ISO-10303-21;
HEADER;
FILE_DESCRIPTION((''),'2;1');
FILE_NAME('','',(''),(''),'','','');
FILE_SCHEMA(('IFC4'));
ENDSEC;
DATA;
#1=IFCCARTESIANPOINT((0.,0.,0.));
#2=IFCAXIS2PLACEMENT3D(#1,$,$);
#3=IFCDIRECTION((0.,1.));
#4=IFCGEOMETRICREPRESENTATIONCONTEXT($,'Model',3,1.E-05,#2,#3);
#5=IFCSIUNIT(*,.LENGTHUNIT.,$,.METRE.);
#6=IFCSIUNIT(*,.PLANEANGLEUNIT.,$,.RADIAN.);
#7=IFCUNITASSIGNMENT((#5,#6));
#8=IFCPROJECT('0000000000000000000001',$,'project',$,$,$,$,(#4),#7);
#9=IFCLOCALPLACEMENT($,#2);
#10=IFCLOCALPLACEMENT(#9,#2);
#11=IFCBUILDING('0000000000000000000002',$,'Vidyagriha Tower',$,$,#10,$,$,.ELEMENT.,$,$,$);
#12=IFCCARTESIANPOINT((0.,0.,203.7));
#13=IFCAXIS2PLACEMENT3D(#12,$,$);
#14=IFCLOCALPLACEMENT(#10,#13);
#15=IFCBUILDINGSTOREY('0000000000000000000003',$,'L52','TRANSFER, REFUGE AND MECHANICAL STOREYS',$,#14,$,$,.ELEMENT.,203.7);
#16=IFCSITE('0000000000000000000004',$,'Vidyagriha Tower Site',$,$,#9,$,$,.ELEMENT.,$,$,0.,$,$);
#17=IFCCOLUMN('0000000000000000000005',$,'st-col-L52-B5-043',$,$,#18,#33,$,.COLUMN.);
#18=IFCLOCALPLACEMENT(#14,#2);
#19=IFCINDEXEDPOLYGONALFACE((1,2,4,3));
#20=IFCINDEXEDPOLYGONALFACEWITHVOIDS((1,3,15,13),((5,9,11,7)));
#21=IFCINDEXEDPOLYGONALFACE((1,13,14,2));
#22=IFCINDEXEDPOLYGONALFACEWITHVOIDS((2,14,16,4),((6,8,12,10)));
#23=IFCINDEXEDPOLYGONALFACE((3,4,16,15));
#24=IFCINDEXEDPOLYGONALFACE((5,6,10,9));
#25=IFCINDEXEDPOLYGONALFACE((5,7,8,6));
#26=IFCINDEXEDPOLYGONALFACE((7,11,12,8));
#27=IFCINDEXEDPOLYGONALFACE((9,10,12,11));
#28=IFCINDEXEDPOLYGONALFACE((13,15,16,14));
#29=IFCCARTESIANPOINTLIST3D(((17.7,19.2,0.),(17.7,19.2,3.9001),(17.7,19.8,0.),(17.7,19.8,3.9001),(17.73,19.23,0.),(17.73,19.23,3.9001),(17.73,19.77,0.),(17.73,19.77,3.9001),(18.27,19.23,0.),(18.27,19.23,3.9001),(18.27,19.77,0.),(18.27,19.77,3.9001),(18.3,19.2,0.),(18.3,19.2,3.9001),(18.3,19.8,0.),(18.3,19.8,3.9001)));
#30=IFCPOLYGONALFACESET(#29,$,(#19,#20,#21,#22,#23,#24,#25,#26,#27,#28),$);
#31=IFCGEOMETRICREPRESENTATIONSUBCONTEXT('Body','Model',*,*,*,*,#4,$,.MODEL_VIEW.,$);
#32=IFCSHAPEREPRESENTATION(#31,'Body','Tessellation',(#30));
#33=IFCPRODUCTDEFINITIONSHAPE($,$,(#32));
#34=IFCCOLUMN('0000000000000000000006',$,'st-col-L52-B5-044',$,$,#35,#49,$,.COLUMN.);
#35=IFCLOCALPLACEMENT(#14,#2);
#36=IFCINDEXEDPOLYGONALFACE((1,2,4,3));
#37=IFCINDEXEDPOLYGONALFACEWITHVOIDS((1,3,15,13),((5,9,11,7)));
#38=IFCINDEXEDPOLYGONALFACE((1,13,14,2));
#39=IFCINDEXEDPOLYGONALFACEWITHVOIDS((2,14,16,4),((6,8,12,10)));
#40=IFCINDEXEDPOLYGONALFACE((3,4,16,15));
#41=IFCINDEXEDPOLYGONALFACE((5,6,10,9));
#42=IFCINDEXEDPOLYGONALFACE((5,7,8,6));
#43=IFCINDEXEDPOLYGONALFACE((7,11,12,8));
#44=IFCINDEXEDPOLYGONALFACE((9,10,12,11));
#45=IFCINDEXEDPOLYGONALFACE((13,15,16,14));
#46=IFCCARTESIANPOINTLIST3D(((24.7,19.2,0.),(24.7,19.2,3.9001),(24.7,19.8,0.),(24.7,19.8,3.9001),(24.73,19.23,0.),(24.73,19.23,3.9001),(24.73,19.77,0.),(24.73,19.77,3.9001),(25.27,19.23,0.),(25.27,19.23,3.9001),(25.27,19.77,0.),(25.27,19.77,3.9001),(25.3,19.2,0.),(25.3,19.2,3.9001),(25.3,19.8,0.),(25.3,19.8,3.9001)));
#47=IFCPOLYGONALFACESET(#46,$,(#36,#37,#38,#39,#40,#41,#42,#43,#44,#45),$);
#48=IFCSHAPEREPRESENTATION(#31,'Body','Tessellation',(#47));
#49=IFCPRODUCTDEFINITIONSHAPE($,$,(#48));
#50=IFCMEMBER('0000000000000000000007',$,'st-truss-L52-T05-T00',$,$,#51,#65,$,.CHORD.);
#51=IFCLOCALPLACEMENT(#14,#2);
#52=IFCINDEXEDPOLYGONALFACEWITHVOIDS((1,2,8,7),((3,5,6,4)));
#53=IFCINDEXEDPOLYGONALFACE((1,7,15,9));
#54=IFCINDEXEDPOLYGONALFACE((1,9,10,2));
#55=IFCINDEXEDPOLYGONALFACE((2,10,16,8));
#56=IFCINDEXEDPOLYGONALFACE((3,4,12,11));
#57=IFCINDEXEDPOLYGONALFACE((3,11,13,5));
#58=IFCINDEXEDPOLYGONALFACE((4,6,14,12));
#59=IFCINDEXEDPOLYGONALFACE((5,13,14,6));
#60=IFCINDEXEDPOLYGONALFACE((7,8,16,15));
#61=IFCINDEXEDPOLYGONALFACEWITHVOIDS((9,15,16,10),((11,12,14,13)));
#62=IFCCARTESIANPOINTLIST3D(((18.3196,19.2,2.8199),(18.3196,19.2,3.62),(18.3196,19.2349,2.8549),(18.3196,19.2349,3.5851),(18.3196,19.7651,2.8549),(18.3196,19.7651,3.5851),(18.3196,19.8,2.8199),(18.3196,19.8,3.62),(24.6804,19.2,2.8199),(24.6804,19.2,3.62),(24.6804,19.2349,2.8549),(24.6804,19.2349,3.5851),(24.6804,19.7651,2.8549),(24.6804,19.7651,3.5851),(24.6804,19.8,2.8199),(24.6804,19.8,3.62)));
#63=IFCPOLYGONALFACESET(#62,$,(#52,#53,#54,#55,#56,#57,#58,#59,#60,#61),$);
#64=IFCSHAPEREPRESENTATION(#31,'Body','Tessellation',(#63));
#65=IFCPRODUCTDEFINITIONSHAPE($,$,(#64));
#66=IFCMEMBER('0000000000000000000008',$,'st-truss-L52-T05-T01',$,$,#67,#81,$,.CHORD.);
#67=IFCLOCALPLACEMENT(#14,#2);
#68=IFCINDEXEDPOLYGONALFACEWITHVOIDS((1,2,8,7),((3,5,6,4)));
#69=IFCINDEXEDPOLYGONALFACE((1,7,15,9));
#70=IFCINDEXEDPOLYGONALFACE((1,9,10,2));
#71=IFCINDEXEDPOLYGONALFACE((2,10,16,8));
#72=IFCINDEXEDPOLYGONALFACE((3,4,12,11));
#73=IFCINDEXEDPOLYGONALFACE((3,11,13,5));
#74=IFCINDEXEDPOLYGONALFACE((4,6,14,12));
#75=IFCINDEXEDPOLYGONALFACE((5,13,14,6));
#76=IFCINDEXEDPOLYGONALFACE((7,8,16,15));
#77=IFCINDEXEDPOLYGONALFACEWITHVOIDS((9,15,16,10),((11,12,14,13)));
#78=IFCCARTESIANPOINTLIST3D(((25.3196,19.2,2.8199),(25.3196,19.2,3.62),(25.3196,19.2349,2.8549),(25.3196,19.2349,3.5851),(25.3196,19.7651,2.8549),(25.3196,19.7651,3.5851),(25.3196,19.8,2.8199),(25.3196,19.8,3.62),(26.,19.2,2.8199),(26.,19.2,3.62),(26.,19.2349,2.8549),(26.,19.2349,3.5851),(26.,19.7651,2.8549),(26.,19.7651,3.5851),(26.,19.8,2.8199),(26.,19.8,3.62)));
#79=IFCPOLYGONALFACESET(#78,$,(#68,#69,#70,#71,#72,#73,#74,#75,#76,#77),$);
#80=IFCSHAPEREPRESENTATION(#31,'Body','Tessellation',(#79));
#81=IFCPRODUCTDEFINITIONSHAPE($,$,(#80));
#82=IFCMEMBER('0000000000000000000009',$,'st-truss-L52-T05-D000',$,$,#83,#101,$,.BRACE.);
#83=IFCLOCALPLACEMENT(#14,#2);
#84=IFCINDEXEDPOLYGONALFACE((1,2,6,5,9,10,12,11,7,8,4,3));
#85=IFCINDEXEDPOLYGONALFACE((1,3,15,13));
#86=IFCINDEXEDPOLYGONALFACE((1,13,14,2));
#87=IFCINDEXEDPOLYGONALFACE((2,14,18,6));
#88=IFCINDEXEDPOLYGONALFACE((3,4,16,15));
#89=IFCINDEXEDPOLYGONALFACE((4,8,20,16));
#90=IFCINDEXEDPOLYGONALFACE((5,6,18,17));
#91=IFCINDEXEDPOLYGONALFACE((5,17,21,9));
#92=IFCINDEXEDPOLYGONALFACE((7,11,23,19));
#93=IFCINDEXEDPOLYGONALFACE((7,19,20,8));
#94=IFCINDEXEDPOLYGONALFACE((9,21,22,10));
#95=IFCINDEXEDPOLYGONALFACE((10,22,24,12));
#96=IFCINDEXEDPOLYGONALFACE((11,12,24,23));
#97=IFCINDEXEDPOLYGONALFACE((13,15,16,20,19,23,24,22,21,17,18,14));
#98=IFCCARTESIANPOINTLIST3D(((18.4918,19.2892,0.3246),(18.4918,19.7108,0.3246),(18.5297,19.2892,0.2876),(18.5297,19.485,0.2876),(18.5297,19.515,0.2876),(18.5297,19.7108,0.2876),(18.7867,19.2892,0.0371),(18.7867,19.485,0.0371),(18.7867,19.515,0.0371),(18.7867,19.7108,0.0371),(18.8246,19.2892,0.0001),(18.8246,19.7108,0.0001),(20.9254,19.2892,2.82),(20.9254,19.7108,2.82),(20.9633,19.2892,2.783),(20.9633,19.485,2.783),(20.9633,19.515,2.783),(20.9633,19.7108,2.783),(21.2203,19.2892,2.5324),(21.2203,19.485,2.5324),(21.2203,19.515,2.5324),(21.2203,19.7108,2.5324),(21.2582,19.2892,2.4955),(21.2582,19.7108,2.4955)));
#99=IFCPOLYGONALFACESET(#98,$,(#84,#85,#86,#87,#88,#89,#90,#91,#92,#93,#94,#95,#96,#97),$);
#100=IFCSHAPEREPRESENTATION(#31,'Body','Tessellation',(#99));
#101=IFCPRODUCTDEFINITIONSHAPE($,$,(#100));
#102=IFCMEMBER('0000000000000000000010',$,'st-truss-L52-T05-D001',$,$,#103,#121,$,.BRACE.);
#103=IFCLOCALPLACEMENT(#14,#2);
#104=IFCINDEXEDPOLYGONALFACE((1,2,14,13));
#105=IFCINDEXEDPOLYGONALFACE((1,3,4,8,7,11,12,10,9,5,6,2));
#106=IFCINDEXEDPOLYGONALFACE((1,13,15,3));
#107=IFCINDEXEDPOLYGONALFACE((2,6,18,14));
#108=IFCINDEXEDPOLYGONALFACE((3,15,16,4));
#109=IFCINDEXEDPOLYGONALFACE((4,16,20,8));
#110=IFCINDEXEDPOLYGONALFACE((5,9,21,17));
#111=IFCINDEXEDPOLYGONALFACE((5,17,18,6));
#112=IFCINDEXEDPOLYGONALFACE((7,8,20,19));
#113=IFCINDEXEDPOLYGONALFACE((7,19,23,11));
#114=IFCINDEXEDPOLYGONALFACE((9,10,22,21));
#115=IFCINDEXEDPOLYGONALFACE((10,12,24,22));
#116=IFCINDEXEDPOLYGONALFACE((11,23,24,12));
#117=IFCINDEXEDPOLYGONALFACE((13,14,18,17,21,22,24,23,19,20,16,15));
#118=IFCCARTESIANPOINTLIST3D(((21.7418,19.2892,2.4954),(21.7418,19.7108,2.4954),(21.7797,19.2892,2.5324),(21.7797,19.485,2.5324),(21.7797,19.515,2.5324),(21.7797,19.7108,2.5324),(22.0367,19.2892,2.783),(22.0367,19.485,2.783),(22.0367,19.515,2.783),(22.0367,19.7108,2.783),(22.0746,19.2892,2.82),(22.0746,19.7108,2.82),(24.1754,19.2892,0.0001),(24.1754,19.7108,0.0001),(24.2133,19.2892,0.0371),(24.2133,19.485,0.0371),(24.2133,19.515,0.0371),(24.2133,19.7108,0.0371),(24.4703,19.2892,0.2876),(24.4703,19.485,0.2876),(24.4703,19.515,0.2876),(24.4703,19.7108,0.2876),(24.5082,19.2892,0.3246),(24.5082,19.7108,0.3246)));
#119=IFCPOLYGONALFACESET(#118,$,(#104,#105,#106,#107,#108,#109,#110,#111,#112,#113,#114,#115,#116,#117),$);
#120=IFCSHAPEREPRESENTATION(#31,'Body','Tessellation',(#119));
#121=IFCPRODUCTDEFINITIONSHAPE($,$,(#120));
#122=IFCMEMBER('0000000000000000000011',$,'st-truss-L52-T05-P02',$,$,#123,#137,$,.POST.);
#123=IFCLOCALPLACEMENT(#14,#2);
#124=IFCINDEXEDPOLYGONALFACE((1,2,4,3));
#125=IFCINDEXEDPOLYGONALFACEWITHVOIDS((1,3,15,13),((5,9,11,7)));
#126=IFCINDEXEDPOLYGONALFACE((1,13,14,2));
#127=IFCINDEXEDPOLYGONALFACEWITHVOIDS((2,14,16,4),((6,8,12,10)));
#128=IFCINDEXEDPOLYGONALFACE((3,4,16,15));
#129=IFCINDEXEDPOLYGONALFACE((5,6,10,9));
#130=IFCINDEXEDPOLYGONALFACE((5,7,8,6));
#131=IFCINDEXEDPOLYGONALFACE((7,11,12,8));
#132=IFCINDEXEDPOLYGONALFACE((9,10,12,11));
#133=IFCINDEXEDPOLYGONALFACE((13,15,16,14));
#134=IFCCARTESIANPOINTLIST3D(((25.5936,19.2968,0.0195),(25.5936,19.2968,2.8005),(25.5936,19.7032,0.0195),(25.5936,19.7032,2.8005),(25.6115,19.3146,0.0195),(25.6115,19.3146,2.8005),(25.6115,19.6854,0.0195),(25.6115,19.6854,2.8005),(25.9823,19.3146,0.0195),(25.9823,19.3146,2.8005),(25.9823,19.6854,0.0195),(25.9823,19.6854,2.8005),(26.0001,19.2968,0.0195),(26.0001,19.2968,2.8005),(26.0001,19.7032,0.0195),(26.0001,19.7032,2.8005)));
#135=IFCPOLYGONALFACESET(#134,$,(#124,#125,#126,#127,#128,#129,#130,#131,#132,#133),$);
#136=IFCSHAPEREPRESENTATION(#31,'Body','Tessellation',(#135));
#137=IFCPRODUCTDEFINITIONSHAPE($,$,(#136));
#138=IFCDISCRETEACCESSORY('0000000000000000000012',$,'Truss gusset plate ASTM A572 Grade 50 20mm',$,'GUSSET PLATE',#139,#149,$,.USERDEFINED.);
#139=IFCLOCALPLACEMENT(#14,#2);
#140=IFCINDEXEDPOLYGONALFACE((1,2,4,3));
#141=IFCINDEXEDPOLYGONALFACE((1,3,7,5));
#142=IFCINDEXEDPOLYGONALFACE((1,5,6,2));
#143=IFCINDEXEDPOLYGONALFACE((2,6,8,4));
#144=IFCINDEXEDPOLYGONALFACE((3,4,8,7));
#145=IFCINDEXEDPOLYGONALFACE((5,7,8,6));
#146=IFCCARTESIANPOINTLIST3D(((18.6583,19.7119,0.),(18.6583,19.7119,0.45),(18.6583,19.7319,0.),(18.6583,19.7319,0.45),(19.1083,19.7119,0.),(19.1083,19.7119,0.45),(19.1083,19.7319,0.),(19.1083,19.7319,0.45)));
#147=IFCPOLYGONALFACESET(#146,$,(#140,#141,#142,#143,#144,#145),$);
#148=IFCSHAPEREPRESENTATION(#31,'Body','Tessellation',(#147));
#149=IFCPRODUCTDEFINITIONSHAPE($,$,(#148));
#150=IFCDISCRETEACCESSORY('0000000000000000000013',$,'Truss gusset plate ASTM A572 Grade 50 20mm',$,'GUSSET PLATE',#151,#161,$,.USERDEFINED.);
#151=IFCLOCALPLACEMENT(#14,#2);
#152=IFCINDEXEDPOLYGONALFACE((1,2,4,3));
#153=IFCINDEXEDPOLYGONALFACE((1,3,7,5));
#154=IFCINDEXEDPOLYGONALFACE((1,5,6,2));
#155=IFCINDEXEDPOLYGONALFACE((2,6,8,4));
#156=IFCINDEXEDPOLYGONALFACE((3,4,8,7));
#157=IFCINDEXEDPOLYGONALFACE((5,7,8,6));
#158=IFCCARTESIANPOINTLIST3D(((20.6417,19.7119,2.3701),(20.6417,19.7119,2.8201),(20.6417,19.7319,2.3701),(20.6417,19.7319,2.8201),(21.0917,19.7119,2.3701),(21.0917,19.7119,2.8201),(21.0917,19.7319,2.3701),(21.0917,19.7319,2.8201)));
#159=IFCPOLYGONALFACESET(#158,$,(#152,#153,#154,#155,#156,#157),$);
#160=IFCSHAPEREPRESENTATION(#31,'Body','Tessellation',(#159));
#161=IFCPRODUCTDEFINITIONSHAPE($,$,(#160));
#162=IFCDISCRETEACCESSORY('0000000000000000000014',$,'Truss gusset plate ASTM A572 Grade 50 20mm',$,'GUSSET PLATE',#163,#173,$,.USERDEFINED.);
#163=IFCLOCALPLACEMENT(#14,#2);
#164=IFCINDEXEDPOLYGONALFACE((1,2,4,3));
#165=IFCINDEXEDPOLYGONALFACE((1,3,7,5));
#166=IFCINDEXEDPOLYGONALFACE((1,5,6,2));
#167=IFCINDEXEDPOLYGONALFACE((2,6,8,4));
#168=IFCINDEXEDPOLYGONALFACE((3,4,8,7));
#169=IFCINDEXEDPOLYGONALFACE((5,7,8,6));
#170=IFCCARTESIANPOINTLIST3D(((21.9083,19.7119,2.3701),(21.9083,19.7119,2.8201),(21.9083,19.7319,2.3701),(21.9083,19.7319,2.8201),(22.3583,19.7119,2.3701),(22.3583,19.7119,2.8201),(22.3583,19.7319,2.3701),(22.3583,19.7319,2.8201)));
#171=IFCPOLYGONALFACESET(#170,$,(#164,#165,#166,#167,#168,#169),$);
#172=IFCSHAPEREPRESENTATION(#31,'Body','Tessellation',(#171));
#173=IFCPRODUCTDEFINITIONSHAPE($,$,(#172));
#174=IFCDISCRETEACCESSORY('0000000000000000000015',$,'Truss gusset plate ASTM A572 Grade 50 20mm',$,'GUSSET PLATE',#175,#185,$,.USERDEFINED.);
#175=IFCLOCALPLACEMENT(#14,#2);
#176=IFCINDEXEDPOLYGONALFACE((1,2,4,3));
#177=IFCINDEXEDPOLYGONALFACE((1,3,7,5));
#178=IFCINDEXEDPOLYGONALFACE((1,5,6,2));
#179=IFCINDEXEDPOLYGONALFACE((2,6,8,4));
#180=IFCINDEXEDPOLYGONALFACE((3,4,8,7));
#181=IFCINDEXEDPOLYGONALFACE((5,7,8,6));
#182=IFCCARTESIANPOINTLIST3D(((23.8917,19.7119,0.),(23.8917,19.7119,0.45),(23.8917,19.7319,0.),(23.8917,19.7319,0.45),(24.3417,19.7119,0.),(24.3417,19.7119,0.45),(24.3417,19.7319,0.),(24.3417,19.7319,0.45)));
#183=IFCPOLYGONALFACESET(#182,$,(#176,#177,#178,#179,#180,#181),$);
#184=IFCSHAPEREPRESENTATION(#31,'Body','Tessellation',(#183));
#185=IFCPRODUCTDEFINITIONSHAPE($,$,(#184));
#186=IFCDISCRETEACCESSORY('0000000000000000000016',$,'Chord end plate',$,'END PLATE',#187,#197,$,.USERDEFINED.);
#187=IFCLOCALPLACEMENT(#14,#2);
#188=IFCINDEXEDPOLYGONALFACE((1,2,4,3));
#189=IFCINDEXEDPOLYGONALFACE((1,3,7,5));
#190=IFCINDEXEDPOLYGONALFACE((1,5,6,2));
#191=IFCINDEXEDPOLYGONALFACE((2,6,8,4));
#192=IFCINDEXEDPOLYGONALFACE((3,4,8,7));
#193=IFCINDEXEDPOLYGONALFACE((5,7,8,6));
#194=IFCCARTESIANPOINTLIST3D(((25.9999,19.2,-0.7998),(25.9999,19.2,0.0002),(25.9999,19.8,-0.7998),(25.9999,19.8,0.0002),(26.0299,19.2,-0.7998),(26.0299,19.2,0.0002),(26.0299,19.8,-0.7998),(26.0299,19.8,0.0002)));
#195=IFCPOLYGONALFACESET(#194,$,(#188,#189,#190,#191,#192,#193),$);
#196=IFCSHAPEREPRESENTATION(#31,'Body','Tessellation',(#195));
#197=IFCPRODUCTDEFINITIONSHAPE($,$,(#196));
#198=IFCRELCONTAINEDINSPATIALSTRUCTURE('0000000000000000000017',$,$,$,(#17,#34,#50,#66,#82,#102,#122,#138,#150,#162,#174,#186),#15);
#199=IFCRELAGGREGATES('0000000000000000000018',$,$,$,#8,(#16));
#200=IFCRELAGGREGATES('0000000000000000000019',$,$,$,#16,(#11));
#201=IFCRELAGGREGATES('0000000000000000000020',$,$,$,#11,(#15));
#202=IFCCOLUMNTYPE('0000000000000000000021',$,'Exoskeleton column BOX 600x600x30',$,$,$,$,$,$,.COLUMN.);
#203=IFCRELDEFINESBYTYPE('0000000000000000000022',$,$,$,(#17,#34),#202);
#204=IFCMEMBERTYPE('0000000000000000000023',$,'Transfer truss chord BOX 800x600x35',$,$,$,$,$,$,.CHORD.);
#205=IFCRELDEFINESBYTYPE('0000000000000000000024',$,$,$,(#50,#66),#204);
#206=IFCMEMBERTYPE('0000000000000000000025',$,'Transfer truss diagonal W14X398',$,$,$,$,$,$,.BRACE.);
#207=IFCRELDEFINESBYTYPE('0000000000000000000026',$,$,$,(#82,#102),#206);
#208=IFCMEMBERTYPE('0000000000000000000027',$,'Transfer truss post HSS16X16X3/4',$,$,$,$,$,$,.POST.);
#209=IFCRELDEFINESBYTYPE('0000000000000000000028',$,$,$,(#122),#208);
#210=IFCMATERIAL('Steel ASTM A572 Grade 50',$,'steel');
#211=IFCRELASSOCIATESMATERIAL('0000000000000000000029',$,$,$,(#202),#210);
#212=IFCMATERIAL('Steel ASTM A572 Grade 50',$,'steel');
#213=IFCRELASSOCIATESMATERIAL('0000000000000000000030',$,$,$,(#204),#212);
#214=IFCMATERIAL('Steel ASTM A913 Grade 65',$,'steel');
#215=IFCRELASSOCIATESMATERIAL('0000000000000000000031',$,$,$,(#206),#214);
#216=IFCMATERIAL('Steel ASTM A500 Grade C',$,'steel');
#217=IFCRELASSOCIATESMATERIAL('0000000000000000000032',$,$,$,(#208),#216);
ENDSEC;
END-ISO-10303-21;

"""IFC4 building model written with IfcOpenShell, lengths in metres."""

from ifc_helpers import new_model, si_unit, direction, frame, origin, origin_2d, place, context, subcontext, project, spatial, rectangle, hollow_rectangle, i_section, extrude, material, material_profile, profile_set, type_object, element, save


model = new_model("IFC4")

# Units and contexts
model_context = context("Model", 3, precision=1e-05, world=origin(), true_north=direction((0.0, 1.0)))
body_context = subcontext(model_context, "Body", "Model", "MODEL_VIEW")
ifc_project = project(units=[si_unit("LENGTHUNIT", "METRE"), si_unit("PLANEANGLEUNIT", "RADIAN")], contexts=[model_context])

# Site, building, storey
site_placement = place(None, origin())
site = spatial("IfcSite", under=ifc_project, at=site_placement, Name="Vidyagriha Tower Site", CompositionType="ELEMENT", RefElevation=0.0)
building_placement = place(site_placement, origin())
building = spatial("IfcBuilding", under=site, at=building_placement, Name="Vidyagriha Tower", CompositionType="ELEMENT")
storey_placement = place(building_placement, frame((0.0, 0.0, 203.7)))
storey = spatial("IfcBuildingStorey", under=building, at=storey_placement, Name="L52", Description="TRANSFER, REFUGE AND MECHANICAL STOREYS", CompositionType="ELEMENT", Elevation=203.7)

# Columns
ifc_material_1 = material(Name="Steel ASTM A572 Grade 50", Category="steel")
ifc_material_profile_1 = material_profile(ifc_material_1, hollow_rectangle(XDim=0.6001, YDim=0.6001, WallThickness=0.03, at=origin_2d()), Name="BOX 600x600x30")
ifc_profile_set_1 = profile_set([ifc_material_profile_1], Name="Steel ASTM A572 Grade 50")
column_type = type_object("IfcColumnType", Name="Exoskeleton column BOX 600x600x30", PredefinedType="COLUMN", material=ifc_profile_set_1)
for number, where, name in (
    (1, (18.0, 19.5, 0.0), "st-col-L52-B5-043"),
    (2, (25.0, 19.5, 0.0), "st-col-L52-B5-044"),
):
    element("IfcColumn", number, at=place(storey_placement, frame(where)), inside=storey, type_object=column_type, Name=name, PredefinedType="COLUMN", context=body_context, shape_type="SweptSolid", body=[
        extrude(hollow_rectangle(XDim=0.6001, YDim=0.6001, WallThickness=0.03, at=origin_2d()), origin(), (0.0, 0.0, 1.0), 3.9001),
    ])

# Members
ifc_material_2 = material(Name="Steel ASTM A572 Grade 50", Category="steel")
ifc_material_profile_2 = material_profile(ifc_material_2, hollow_rectangle(XDim=0.6001, YDim=0.8, WallThickness=0.0349, at=origin_2d()), Name="BOX 800x600x35")
ifc_profile_set_2 = profile_set([ifc_material_profile_2], Name="Steel ASTM A572 Grade 50")
member_type_1 = type_object("IfcMemberType", Name="Transfer truss chord BOX 800x600x35", PredefinedType="CHORD", material=ifc_profile_set_2)
member_1_placement = place(storey_placement, frame((18.3196, 19.5, 3.22), z_axis=(1.0, 0.0, 0.0), x_axis=(0.0, 1.0, 0.0)))
element("IfcMember", 3, at=member_1_placement, inside=storey, type_object=member_type_1, Name="st-truss-L52-T05-T00", PredefinedType="CHORD", context=body_context, shape_type="SweptSolid", body=[
    extrude(hollow_rectangle(XDim=0.6001, YDim=0.8, WallThickness=0.0349, at=origin_2d()), origin(), (0.0, 0.0, 1.0), 6.3608),
])
member_2_placement = place(storey_placement, frame((25.3196, 19.5, 3.22), z_axis=(1.0, 0.0, 0.0), x_axis=(0.0, 1.0, 0.0)))
element("IfcMember", 4, at=member_2_placement, inside=storey, type_object=member_type_1, Name="st-truss-L52-T05-T01", PredefinedType="CHORD", context=body_context, shape_type="SweptSolid", body=[
    extrude(hollow_rectangle(XDim=0.6001, YDim=0.8, WallThickness=0.0349, at=origin_2d()), origin(), (0.0, 0.0, 1.0), 0.6804),
])
ifc_material_3 = material(Name="Steel ASTM A913 Grade 65", Category="steel")
ifc_material_profile_3 = material_profile(ifc_material_3, i_section(OverallWidth=0.4216, OverallDepth=0.4648, WebThickness=0.03, FlangeThickness=0.053, at=origin_2d()), Name="W14X398")
ifc_profile_set_3 = profile_set([ifc_material_profile_3], Name="Steel ASTM A913 Grade 65")
member_type_2 = type_object("IfcMemberType", Name="Transfer truss diagonal W14X398", PredefinedType="BRACE", material=ifc_profile_set_3)
for number, where, z_axis, x_axis, name in (
    (5, (18.6582, 19.5, 0.1624), (0.698191, 0.0, 0.715912), (0.0, 1.0, 0.0), "st-truss-L52-T05-D000"),
    (6, (21.9082, 19.5, 2.6577), (0.698191, 0.0, -0.715912), (0.0, 1.0, 0.0), "st-truss-L52-T05-D001"),
):
    element("IfcMember", number, at=place(storey_placement, frame(where, z_axis=z_axis, x_axis=x_axis)), inside=storey, type_object=member_type_2, Name=name, PredefinedType="BRACE", context=body_context, shape_type="SweptSolid", body=[
        extrude(i_section(OverallWidth=0.4216, OverallDepth=0.4648, WebThickness=0.03, FlangeThickness=0.053, at=origin_2d()), origin(), (0.0, 0.0, 1.0), 3.4856),
    ])
ifc_material_4 = material(Name="Steel ASTM A500 Grade C", Category="steel")
ifc_material_profile_4 = material_profile(ifc_material_4, hollow_rectangle(XDim=0.4065, YDim=0.4065, WallThickness=0.0178, at=origin_2d()), Name="HSS16X16X3/4")
ifc_profile_set_4 = profile_set([ifc_material_profile_4], Name="Steel ASTM A500 Grade C")
member_type_3 = type_object("IfcMemberType", Name="Transfer truss post HSS16X16X3/4", PredefinedType="POST", material=ifc_profile_set_4)
member_3_placement = place(storey_placement, frame((25.7969, 19.5, 0.0195)))
element("IfcMember", 7, at=member_3_placement, inside=storey, type_object=member_type_3, Name="st-truss-L52-T05-P02", PredefinedType="POST", context=body_context, shape_type="SweptSolid", body=[
    extrude(hollow_rectangle(XDim=0.4065, YDim=0.4065, WallThickness=0.0178, at=origin_2d()), origin(), (0.0, 0.0, 1.0), 2.781),
])

# Discrete accessories
for number, where, name in (
    (8, (18.8833, 19.7219, 0.0), "Truss gusset plate ASTM A572 Grade 50 20mm"),
    (9, (20.8667, 19.7219, 2.3701), "Truss gusset plate ASTM A572 Grade 50 20mm"),
    (10, (22.1333, 19.7219, 2.3701), "Truss gusset plate ASTM A572 Grade 50 20mm"),
    (11, (24.1167, 19.7219, 0.0), "Truss gusset plate ASTM A572 Grade 50 20mm"),
):
    element("IfcDiscreteAccessory", number, at=place(storey_placement, frame(where)), inside=storey, Name=name, ObjectType="GUSSET PLATE", PredefinedType="USERDEFINED", context=body_context, shape_type="SweptSolid", body=[
        extrude(rectangle(XDim=0.45, YDim=0.02, at=origin_2d()), origin(), (0.0, 0.0, 1.0), 0.45),
    ])
for number, where, name in (
    (12, (26.0149, 19.5, -0.7998), "Chord end plate"),
):
    element("IfcDiscreteAccessory", number, at=place(storey_placement, frame(where)), inside=storey, Name=name, ObjectType="END PLATE", PredefinedType="USERDEFINED", context=body_context, shape_type="SweptSolid", body=[
        extrude(rectangle(XDim=0.03, YDim=0.6001, at=origin_2d()), origin(), (0.0, 0.0, 1.0), 0.8),
    ])

save(model, "model.ifc")
